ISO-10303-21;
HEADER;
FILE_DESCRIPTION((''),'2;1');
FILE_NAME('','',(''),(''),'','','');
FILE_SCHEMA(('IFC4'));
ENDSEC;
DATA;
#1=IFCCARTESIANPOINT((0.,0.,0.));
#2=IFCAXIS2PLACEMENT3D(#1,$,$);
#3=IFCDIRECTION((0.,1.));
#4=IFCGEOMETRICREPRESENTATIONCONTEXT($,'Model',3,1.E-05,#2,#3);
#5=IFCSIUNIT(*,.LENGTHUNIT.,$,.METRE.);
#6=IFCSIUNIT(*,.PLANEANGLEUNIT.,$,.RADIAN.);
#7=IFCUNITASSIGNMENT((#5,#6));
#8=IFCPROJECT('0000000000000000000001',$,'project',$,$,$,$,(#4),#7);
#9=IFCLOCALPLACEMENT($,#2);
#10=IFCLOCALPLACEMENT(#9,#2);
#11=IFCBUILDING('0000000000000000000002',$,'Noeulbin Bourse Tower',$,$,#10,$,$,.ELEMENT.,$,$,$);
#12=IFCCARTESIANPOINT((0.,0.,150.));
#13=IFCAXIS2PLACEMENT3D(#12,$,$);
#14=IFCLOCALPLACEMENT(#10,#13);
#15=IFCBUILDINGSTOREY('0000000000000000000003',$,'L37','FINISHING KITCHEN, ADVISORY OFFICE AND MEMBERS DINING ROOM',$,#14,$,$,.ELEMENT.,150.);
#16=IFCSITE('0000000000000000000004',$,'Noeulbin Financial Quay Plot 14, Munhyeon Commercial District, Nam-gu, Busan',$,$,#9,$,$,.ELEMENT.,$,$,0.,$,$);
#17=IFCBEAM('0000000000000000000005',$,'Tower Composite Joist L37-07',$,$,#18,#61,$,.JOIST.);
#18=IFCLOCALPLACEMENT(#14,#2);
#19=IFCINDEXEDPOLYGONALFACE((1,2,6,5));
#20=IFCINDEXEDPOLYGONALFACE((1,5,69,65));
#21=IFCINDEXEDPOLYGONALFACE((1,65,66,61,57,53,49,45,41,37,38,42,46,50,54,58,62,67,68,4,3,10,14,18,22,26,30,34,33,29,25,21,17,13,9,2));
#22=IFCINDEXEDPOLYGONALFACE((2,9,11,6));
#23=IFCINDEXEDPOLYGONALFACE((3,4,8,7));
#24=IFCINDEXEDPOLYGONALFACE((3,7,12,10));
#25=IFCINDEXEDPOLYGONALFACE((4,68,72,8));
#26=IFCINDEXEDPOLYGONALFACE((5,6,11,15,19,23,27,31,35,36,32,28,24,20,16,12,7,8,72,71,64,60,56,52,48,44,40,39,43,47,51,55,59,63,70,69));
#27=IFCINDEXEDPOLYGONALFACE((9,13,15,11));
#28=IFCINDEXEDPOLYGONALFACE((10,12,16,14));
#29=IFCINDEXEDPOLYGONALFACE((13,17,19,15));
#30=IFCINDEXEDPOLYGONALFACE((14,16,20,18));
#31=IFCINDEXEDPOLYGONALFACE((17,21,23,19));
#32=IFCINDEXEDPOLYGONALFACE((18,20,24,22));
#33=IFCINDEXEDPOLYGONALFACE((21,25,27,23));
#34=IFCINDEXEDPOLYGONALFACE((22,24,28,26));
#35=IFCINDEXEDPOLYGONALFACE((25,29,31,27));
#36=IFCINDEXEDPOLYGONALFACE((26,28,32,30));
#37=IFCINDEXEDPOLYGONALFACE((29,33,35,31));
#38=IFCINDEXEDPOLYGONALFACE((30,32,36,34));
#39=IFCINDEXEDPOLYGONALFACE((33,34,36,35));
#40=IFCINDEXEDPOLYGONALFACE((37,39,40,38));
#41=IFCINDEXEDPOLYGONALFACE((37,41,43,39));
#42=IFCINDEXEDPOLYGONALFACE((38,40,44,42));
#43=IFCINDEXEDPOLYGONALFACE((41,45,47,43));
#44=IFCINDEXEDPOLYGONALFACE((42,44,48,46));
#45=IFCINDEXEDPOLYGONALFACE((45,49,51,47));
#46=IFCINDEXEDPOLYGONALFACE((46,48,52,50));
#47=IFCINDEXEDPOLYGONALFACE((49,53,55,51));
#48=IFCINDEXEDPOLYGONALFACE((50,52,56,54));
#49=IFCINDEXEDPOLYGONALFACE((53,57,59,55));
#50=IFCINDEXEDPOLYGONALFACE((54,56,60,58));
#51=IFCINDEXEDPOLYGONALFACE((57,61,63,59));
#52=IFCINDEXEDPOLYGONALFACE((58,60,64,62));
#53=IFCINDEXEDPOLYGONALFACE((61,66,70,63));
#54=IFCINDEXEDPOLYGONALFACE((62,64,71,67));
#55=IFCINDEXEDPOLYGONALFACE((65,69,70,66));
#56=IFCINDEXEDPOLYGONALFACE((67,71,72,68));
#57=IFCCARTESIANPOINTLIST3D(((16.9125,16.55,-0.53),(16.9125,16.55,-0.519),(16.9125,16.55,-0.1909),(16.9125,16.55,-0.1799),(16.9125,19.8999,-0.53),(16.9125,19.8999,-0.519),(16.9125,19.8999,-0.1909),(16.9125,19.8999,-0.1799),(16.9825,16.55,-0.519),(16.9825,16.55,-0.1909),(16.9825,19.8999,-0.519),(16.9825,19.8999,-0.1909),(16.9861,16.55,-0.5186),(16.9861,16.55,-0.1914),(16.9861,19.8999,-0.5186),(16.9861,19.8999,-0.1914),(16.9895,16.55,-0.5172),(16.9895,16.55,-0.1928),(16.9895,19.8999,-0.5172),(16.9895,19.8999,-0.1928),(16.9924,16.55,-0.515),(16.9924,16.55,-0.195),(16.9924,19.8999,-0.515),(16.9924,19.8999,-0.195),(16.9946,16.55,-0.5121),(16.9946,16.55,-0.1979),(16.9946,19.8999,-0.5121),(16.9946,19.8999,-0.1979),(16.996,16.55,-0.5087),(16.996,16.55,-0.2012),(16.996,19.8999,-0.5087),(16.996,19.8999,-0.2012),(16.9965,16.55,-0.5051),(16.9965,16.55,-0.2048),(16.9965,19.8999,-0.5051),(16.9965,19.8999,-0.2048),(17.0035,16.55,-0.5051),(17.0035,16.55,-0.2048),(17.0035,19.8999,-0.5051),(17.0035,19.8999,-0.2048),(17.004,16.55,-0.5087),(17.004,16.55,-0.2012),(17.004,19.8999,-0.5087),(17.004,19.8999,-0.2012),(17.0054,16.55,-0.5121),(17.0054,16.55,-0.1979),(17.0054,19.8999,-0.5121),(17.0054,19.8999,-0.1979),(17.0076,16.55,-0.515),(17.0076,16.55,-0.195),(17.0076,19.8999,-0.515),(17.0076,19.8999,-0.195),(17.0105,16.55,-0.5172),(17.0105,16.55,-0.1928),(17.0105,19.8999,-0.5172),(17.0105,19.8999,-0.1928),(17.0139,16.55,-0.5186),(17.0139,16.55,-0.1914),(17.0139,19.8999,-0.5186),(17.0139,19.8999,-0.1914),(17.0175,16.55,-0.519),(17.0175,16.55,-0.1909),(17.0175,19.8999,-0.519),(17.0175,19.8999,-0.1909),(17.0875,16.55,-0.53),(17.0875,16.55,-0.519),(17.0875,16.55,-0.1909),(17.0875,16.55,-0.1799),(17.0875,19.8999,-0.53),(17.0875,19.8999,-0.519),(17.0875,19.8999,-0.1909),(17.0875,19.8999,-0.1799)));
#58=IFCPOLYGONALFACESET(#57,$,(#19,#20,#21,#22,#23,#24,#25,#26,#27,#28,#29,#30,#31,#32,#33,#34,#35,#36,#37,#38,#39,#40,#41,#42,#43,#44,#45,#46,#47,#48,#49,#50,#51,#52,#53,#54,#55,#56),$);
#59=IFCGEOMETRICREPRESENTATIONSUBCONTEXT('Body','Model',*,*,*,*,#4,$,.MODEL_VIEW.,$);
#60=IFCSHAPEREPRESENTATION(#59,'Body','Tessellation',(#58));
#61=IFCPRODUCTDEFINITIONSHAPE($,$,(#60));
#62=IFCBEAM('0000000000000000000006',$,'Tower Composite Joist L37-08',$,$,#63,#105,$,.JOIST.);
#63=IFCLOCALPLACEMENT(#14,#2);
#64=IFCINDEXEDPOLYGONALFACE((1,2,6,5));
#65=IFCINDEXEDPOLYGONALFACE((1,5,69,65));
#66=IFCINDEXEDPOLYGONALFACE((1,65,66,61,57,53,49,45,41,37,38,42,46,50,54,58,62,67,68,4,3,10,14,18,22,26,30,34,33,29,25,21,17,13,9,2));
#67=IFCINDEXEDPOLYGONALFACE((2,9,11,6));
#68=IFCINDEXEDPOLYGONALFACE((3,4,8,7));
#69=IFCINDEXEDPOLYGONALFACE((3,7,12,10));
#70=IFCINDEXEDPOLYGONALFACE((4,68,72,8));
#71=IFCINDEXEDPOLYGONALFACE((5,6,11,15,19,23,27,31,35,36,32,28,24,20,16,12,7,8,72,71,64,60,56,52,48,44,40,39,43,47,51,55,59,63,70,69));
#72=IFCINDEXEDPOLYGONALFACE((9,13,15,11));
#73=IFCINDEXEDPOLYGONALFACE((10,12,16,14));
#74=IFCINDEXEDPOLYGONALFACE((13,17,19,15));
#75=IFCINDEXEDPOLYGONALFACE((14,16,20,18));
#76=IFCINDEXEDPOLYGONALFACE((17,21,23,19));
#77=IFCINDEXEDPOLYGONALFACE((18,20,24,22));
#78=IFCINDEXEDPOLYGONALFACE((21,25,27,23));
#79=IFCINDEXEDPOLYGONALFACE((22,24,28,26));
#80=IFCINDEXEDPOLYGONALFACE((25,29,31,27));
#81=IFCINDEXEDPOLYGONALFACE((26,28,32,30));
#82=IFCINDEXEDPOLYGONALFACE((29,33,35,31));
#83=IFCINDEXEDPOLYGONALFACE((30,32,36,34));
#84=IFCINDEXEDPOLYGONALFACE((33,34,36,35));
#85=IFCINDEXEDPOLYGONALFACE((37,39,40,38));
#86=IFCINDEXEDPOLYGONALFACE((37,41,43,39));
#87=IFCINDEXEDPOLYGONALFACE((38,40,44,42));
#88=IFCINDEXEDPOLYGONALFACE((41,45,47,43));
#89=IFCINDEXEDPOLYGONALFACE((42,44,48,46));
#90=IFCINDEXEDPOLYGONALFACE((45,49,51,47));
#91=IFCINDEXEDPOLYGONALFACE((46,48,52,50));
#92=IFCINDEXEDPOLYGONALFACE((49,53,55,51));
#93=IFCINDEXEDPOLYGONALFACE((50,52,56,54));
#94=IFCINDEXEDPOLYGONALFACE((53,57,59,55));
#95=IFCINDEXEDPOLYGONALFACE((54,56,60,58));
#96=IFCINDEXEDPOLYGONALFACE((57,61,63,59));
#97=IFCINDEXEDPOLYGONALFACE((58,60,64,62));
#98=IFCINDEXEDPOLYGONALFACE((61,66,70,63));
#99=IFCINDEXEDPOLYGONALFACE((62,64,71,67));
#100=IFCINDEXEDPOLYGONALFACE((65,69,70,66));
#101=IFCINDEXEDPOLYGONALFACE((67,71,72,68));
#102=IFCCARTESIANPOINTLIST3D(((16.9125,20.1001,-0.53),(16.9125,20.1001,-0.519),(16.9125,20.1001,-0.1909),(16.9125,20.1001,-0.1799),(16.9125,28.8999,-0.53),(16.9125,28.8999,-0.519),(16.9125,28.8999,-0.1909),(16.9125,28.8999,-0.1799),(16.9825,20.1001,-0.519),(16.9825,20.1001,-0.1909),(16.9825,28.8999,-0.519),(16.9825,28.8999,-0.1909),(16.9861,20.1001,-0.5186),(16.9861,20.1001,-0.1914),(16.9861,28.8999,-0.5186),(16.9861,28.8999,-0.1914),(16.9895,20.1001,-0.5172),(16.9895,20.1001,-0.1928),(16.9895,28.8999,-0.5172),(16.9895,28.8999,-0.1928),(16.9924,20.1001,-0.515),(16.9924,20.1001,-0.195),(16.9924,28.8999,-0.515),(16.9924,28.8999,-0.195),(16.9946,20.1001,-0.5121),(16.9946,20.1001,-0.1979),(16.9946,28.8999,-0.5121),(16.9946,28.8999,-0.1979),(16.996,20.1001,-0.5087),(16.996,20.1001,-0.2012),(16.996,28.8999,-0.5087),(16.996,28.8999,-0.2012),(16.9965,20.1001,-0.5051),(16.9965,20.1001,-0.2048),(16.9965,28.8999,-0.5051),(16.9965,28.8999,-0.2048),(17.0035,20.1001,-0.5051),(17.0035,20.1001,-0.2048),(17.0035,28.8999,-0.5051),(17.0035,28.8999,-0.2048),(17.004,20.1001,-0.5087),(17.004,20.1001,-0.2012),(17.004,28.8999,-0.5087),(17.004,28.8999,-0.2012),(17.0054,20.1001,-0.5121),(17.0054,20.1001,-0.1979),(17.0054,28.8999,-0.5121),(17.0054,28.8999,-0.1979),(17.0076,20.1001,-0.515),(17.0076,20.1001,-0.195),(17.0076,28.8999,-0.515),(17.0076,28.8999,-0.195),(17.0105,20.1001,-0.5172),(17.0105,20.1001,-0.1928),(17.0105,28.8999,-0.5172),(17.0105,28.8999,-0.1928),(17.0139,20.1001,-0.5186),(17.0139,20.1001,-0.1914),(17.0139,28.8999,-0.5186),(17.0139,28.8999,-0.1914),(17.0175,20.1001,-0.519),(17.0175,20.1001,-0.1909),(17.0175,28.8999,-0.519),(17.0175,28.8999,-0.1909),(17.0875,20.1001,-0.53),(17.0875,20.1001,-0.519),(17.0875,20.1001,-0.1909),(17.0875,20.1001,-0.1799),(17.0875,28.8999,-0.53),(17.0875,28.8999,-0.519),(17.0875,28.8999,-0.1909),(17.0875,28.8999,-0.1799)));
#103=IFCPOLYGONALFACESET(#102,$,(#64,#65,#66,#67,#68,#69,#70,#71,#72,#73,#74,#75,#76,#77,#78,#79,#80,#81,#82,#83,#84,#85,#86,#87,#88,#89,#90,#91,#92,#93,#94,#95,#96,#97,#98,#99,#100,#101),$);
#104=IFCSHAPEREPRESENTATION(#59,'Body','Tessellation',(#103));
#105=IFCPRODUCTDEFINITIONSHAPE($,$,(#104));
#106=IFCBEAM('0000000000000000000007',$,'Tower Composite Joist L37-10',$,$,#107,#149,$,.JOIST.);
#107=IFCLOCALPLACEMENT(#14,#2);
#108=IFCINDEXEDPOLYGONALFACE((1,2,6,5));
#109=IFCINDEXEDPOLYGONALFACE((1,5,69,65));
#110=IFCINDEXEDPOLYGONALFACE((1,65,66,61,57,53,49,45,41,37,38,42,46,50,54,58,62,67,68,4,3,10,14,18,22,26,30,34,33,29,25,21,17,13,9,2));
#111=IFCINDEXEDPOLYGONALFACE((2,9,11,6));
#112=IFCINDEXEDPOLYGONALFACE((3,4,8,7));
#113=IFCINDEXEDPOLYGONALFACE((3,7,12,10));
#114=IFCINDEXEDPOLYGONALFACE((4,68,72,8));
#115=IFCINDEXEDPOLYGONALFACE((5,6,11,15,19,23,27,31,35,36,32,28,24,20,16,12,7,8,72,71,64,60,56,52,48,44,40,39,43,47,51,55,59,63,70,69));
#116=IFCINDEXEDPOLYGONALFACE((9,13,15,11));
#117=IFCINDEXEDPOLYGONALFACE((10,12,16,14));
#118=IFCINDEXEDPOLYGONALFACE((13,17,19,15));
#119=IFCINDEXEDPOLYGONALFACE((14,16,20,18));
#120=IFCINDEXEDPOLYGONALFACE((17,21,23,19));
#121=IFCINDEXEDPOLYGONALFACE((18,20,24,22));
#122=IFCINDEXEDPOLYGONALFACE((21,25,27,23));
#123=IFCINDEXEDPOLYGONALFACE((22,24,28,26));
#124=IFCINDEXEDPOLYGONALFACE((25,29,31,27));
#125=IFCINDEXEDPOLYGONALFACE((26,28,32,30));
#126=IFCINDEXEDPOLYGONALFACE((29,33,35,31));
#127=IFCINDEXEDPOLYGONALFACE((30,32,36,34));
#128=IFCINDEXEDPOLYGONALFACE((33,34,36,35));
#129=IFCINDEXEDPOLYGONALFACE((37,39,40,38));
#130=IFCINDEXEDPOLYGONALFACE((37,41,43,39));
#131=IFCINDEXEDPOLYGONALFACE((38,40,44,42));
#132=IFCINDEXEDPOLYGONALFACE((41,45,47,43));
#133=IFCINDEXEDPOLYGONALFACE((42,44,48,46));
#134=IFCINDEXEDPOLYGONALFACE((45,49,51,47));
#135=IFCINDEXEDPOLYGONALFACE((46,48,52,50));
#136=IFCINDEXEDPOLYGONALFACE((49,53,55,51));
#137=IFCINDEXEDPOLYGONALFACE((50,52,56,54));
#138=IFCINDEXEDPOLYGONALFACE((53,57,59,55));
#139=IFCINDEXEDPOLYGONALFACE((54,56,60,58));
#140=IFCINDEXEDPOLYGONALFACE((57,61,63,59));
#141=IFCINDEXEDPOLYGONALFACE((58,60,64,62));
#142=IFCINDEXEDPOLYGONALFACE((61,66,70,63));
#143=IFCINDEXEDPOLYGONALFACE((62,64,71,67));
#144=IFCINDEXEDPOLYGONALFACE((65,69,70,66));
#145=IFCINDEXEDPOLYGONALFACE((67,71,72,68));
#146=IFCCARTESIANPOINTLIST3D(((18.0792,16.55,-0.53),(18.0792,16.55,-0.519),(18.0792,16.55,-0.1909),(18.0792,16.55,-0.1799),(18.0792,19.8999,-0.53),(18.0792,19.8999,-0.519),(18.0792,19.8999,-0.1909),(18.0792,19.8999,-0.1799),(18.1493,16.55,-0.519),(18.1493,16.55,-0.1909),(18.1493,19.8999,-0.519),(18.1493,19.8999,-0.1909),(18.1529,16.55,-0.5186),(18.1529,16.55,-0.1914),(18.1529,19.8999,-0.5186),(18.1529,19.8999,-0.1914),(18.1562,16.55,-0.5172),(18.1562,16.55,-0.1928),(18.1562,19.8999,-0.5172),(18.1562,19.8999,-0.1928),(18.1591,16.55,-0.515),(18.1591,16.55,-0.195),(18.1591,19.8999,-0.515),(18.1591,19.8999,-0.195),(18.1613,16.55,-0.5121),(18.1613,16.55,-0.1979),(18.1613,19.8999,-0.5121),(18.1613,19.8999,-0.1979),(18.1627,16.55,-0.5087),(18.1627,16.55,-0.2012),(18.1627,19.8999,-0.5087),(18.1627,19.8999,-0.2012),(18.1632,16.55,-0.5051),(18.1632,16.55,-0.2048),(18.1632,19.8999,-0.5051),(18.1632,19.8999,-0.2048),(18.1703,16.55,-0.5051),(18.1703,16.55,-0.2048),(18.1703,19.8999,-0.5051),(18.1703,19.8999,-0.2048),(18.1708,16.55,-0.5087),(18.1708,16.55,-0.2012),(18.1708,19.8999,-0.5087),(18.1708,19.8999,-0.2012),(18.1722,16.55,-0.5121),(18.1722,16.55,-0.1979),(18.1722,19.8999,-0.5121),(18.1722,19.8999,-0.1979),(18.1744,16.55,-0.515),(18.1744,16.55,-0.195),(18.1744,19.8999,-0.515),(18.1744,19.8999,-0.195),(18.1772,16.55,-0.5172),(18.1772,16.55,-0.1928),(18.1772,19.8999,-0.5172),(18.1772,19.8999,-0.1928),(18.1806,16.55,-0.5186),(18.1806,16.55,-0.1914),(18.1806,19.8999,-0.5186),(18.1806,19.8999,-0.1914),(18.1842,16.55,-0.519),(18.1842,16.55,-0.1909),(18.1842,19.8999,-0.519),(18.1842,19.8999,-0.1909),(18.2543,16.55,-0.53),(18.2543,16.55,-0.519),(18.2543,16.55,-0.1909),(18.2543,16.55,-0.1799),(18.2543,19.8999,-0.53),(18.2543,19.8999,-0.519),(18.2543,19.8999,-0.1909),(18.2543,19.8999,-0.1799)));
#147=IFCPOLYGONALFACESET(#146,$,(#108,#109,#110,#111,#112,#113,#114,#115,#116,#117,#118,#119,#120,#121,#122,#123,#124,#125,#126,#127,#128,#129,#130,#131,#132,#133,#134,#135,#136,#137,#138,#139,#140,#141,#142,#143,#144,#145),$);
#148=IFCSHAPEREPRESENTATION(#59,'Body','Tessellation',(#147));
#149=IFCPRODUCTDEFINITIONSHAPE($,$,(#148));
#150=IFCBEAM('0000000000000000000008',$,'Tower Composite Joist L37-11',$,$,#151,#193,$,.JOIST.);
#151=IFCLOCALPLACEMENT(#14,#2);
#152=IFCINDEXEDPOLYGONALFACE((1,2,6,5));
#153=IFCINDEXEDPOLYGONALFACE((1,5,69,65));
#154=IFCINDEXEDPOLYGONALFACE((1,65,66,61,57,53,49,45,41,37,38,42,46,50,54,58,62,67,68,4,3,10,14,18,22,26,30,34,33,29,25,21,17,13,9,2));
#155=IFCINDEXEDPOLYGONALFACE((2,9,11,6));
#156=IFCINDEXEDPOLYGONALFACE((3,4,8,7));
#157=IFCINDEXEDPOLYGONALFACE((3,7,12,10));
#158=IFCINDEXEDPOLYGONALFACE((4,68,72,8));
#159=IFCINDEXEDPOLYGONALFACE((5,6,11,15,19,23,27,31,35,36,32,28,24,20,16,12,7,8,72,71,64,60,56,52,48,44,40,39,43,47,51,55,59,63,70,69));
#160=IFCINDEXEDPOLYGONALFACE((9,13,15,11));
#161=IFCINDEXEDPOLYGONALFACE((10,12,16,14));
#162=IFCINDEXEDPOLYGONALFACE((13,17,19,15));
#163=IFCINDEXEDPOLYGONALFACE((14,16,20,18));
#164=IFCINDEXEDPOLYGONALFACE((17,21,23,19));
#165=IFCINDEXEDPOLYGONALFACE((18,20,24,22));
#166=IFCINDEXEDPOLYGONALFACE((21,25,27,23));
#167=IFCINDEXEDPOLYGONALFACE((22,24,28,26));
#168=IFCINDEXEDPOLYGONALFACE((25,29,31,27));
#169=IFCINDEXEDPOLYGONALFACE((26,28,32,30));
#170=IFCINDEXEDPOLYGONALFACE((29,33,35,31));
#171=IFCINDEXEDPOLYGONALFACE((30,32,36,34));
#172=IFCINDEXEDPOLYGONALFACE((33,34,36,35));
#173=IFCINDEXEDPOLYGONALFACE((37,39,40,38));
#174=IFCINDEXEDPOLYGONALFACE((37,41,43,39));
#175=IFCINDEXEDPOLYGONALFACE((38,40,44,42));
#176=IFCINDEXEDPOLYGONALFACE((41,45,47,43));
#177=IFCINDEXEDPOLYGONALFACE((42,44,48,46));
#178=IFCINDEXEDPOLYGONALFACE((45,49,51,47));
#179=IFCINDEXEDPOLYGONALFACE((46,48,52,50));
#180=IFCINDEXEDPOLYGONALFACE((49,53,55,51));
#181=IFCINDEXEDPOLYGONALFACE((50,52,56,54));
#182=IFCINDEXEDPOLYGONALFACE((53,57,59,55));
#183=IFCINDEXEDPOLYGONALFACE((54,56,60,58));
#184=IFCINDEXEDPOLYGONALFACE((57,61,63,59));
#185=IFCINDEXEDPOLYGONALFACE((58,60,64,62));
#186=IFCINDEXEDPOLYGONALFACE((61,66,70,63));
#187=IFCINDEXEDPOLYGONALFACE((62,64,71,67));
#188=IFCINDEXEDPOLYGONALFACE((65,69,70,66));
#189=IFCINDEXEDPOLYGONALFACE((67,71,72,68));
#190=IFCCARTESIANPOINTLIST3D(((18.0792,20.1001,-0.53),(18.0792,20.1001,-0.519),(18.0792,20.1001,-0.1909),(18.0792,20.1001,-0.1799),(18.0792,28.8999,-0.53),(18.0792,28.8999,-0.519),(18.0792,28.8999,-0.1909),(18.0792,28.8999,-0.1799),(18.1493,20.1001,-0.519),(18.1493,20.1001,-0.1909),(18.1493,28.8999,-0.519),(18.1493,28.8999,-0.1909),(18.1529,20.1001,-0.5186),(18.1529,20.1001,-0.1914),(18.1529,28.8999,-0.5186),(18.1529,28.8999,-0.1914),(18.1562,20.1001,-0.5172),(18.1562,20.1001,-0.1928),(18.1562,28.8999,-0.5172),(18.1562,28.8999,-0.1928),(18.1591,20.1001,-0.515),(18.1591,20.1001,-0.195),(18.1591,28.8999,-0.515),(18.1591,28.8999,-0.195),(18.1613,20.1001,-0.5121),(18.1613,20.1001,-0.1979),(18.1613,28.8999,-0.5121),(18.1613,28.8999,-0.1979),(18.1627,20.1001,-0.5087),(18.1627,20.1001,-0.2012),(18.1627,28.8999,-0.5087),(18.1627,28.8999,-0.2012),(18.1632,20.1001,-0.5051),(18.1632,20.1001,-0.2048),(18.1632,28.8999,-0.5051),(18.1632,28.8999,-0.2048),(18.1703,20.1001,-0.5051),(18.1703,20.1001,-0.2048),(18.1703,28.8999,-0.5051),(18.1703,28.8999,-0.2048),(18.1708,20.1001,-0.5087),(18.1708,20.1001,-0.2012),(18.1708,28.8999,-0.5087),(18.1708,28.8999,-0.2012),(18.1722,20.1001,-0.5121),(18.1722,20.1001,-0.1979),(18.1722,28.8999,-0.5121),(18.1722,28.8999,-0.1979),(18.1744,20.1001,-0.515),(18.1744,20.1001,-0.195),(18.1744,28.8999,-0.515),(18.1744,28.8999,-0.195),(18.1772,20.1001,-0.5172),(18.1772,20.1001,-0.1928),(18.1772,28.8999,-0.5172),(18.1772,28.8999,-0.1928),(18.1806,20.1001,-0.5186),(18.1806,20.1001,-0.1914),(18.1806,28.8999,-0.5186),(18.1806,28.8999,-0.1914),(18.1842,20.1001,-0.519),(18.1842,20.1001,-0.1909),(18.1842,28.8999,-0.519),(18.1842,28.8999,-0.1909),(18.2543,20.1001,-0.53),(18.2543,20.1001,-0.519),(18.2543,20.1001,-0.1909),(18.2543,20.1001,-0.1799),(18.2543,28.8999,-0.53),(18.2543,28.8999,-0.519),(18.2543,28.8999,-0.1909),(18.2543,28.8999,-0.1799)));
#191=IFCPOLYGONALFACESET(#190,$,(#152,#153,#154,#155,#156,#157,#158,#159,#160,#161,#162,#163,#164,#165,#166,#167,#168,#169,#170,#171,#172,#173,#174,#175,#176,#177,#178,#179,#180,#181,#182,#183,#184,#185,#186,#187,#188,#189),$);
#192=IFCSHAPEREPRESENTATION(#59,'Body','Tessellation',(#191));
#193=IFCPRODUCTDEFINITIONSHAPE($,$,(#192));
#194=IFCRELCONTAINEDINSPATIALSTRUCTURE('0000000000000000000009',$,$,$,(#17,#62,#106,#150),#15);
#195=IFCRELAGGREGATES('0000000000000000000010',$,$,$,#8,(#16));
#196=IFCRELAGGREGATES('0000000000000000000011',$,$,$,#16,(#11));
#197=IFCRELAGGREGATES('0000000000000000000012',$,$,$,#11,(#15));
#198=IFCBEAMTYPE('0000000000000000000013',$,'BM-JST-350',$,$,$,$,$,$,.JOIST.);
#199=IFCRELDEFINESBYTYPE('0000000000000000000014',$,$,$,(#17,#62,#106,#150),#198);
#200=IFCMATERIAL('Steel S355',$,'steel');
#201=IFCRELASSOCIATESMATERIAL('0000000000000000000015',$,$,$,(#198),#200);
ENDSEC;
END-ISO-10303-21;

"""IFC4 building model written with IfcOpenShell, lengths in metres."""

from ifc_helpers import new_model, si_unit, direction, frame, origin, origin_2d, place, context, subcontext, project, spatial, i_section, extrude, material, material_profile, profile_set, type_object, element, save


model = new_model("IFC4")

# Units and contexts
model_context = context("Model", 3, precision=1e-05, world=origin(), true_north=direction((0.0, 1.0)))
body_context = subcontext(model_context, "Body", "Model", "MODEL_VIEW")
ifc_project = project(units=[si_unit("LENGTHUNIT", "METRE"), si_unit("PLANEANGLEUNIT", "RADIAN")], contexts=[model_context])

# Site, building, storey
site_placement = place(None, origin())
site = spatial("IfcSite", under=ifc_project, at=site_placement, Name="Noeulbin Financial Quay Plot 14, Munhyeon Commercial District, Nam-gu, Busan", CompositionType="ELEMENT", RefElevation=0.0)
building_placement = place(site_placement, origin())
building = spatial("IfcBuilding", under=site, at=building_placement, Name="Noeulbin Bourse Tower", CompositionType="ELEMENT")
storey_placement = place(building_placement, frame((0.0, 0.0, 150.0)))
storey = spatial("IfcBuildingStorey", under=building, at=storey_placement, Name="L37", Description="FINISHING KITCHEN, ADVISORY OFFICE AND MEMBERS DINING ROOM", CompositionType="ELEMENT", Elevation=150.0)

# Shared definitions
ifc_material_1 = material(Name="Steel S355", Category="steel")

# Beams
ifc_material_profile_1 = material_profile(ifc_material_1, i_section(OverallWidth=0.175, OverallDepth=0.3501, WebThickness=0.0071, FlangeThickness=0.011, FilletRadius=0.0139, at=origin_2d()), Name="H-350x175x7x11", Category="LoadBearing")
ifc_profile_set_1 = profile_set([ifc_material_profile_1], Name="Steel S355")
beam_type_1 = type_object("IfcBeamType", Name="BM-JST-350", PredefinedType="JOIST", material=ifc_profile_set_1)
beam_1_placement = place(storey_placement, frame((17.0, 16.55, -0.355), z_axis=(0.0, 1.0, 0.0), x_axis=(-1.0, 0.0, 0.0)))
element("IfcBeam", 1, at=beam_1_placement, inside=storey, type_object=beam_type_1, Name="Tower Composite Joist L37-07", PredefinedType="JOIST", context=body_context, shape_type="SweptSolid", body=[
    extrude(i_section(OverallWidth=0.175, OverallDepth=0.3501, WebThickness=0.0071, FlangeThickness=0.011, FilletRadius=0.0139, at=origin_2d()), origin(), (0.0, 0.0, 1.0), 3.3499),
])
beam_2_placement = place(storey_placement, frame((17.0, 20.1001, -0.355), z_axis=(0.0, 1.0, 0.0), x_axis=(-1.0, 0.0, 0.0)))
element("IfcBeam", 2, at=beam_2_placement, inside=storey, type_object=beam_type_1, Name="Tower Composite Joist L37-08", PredefinedType="JOIST", context=body_context, shape_type="SweptSolid", body=[
    extrude(i_section(OverallWidth=0.175, OverallDepth=0.3501, WebThickness=0.0071, FlangeThickness=0.011, FilletRadius=0.0139, at=origin_2d()), origin(), (0.0, 0.0, 1.0), 8.7998),
])
beam_3_placement = place(storey_placement, frame((18.1667, 16.55, -0.355), z_axis=(0.0, 1.0, 0.0), x_axis=(-1.0, 0.0, 0.0)))
element("IfcBeam", 3, at=beam_3_placement, inside=storey, type_object=beam_type_1, Name="Tower Composite Joist L37-10", PredefinedType="JOIST", context=body_context, shape_type="SweptSolid", body=[
    extrude(i_section(OverallWidth=0.175, OverallDepth=0.3501, WebThickness=0.0071, FlangeThickness=0.011, FilletRadius=0.0139, at=origin_2d()), origin(), (0.0, 0.0, 1.0), 3.3499),
])
beam_4_placement = place(storey_placement, frame((18.1667, 20.1001, -0.355), z_axis=(0.0, 1.0, 0.0), x_axis=(-1.0, 0.0, 0.0)))
element("IfcBeam", 4, at=beam_4_placement, inside=storey, type_object=beam_type_1, Name="Tower Composite Joist L37-11", PredefinedType="JOIST", context=body_context, shape_type="SweptSolid", body=[
    extrude(i_section(OverallWidth=0.175, OverallDepth=0.3501, WebThickness=0.0071, FlangeThickness=0.011, FilletRadius=0.0139, at=origin_2d()), origin(), (0.0, 0.0, 1.0), 8.7998),
])

save(model, "model.ifc")
